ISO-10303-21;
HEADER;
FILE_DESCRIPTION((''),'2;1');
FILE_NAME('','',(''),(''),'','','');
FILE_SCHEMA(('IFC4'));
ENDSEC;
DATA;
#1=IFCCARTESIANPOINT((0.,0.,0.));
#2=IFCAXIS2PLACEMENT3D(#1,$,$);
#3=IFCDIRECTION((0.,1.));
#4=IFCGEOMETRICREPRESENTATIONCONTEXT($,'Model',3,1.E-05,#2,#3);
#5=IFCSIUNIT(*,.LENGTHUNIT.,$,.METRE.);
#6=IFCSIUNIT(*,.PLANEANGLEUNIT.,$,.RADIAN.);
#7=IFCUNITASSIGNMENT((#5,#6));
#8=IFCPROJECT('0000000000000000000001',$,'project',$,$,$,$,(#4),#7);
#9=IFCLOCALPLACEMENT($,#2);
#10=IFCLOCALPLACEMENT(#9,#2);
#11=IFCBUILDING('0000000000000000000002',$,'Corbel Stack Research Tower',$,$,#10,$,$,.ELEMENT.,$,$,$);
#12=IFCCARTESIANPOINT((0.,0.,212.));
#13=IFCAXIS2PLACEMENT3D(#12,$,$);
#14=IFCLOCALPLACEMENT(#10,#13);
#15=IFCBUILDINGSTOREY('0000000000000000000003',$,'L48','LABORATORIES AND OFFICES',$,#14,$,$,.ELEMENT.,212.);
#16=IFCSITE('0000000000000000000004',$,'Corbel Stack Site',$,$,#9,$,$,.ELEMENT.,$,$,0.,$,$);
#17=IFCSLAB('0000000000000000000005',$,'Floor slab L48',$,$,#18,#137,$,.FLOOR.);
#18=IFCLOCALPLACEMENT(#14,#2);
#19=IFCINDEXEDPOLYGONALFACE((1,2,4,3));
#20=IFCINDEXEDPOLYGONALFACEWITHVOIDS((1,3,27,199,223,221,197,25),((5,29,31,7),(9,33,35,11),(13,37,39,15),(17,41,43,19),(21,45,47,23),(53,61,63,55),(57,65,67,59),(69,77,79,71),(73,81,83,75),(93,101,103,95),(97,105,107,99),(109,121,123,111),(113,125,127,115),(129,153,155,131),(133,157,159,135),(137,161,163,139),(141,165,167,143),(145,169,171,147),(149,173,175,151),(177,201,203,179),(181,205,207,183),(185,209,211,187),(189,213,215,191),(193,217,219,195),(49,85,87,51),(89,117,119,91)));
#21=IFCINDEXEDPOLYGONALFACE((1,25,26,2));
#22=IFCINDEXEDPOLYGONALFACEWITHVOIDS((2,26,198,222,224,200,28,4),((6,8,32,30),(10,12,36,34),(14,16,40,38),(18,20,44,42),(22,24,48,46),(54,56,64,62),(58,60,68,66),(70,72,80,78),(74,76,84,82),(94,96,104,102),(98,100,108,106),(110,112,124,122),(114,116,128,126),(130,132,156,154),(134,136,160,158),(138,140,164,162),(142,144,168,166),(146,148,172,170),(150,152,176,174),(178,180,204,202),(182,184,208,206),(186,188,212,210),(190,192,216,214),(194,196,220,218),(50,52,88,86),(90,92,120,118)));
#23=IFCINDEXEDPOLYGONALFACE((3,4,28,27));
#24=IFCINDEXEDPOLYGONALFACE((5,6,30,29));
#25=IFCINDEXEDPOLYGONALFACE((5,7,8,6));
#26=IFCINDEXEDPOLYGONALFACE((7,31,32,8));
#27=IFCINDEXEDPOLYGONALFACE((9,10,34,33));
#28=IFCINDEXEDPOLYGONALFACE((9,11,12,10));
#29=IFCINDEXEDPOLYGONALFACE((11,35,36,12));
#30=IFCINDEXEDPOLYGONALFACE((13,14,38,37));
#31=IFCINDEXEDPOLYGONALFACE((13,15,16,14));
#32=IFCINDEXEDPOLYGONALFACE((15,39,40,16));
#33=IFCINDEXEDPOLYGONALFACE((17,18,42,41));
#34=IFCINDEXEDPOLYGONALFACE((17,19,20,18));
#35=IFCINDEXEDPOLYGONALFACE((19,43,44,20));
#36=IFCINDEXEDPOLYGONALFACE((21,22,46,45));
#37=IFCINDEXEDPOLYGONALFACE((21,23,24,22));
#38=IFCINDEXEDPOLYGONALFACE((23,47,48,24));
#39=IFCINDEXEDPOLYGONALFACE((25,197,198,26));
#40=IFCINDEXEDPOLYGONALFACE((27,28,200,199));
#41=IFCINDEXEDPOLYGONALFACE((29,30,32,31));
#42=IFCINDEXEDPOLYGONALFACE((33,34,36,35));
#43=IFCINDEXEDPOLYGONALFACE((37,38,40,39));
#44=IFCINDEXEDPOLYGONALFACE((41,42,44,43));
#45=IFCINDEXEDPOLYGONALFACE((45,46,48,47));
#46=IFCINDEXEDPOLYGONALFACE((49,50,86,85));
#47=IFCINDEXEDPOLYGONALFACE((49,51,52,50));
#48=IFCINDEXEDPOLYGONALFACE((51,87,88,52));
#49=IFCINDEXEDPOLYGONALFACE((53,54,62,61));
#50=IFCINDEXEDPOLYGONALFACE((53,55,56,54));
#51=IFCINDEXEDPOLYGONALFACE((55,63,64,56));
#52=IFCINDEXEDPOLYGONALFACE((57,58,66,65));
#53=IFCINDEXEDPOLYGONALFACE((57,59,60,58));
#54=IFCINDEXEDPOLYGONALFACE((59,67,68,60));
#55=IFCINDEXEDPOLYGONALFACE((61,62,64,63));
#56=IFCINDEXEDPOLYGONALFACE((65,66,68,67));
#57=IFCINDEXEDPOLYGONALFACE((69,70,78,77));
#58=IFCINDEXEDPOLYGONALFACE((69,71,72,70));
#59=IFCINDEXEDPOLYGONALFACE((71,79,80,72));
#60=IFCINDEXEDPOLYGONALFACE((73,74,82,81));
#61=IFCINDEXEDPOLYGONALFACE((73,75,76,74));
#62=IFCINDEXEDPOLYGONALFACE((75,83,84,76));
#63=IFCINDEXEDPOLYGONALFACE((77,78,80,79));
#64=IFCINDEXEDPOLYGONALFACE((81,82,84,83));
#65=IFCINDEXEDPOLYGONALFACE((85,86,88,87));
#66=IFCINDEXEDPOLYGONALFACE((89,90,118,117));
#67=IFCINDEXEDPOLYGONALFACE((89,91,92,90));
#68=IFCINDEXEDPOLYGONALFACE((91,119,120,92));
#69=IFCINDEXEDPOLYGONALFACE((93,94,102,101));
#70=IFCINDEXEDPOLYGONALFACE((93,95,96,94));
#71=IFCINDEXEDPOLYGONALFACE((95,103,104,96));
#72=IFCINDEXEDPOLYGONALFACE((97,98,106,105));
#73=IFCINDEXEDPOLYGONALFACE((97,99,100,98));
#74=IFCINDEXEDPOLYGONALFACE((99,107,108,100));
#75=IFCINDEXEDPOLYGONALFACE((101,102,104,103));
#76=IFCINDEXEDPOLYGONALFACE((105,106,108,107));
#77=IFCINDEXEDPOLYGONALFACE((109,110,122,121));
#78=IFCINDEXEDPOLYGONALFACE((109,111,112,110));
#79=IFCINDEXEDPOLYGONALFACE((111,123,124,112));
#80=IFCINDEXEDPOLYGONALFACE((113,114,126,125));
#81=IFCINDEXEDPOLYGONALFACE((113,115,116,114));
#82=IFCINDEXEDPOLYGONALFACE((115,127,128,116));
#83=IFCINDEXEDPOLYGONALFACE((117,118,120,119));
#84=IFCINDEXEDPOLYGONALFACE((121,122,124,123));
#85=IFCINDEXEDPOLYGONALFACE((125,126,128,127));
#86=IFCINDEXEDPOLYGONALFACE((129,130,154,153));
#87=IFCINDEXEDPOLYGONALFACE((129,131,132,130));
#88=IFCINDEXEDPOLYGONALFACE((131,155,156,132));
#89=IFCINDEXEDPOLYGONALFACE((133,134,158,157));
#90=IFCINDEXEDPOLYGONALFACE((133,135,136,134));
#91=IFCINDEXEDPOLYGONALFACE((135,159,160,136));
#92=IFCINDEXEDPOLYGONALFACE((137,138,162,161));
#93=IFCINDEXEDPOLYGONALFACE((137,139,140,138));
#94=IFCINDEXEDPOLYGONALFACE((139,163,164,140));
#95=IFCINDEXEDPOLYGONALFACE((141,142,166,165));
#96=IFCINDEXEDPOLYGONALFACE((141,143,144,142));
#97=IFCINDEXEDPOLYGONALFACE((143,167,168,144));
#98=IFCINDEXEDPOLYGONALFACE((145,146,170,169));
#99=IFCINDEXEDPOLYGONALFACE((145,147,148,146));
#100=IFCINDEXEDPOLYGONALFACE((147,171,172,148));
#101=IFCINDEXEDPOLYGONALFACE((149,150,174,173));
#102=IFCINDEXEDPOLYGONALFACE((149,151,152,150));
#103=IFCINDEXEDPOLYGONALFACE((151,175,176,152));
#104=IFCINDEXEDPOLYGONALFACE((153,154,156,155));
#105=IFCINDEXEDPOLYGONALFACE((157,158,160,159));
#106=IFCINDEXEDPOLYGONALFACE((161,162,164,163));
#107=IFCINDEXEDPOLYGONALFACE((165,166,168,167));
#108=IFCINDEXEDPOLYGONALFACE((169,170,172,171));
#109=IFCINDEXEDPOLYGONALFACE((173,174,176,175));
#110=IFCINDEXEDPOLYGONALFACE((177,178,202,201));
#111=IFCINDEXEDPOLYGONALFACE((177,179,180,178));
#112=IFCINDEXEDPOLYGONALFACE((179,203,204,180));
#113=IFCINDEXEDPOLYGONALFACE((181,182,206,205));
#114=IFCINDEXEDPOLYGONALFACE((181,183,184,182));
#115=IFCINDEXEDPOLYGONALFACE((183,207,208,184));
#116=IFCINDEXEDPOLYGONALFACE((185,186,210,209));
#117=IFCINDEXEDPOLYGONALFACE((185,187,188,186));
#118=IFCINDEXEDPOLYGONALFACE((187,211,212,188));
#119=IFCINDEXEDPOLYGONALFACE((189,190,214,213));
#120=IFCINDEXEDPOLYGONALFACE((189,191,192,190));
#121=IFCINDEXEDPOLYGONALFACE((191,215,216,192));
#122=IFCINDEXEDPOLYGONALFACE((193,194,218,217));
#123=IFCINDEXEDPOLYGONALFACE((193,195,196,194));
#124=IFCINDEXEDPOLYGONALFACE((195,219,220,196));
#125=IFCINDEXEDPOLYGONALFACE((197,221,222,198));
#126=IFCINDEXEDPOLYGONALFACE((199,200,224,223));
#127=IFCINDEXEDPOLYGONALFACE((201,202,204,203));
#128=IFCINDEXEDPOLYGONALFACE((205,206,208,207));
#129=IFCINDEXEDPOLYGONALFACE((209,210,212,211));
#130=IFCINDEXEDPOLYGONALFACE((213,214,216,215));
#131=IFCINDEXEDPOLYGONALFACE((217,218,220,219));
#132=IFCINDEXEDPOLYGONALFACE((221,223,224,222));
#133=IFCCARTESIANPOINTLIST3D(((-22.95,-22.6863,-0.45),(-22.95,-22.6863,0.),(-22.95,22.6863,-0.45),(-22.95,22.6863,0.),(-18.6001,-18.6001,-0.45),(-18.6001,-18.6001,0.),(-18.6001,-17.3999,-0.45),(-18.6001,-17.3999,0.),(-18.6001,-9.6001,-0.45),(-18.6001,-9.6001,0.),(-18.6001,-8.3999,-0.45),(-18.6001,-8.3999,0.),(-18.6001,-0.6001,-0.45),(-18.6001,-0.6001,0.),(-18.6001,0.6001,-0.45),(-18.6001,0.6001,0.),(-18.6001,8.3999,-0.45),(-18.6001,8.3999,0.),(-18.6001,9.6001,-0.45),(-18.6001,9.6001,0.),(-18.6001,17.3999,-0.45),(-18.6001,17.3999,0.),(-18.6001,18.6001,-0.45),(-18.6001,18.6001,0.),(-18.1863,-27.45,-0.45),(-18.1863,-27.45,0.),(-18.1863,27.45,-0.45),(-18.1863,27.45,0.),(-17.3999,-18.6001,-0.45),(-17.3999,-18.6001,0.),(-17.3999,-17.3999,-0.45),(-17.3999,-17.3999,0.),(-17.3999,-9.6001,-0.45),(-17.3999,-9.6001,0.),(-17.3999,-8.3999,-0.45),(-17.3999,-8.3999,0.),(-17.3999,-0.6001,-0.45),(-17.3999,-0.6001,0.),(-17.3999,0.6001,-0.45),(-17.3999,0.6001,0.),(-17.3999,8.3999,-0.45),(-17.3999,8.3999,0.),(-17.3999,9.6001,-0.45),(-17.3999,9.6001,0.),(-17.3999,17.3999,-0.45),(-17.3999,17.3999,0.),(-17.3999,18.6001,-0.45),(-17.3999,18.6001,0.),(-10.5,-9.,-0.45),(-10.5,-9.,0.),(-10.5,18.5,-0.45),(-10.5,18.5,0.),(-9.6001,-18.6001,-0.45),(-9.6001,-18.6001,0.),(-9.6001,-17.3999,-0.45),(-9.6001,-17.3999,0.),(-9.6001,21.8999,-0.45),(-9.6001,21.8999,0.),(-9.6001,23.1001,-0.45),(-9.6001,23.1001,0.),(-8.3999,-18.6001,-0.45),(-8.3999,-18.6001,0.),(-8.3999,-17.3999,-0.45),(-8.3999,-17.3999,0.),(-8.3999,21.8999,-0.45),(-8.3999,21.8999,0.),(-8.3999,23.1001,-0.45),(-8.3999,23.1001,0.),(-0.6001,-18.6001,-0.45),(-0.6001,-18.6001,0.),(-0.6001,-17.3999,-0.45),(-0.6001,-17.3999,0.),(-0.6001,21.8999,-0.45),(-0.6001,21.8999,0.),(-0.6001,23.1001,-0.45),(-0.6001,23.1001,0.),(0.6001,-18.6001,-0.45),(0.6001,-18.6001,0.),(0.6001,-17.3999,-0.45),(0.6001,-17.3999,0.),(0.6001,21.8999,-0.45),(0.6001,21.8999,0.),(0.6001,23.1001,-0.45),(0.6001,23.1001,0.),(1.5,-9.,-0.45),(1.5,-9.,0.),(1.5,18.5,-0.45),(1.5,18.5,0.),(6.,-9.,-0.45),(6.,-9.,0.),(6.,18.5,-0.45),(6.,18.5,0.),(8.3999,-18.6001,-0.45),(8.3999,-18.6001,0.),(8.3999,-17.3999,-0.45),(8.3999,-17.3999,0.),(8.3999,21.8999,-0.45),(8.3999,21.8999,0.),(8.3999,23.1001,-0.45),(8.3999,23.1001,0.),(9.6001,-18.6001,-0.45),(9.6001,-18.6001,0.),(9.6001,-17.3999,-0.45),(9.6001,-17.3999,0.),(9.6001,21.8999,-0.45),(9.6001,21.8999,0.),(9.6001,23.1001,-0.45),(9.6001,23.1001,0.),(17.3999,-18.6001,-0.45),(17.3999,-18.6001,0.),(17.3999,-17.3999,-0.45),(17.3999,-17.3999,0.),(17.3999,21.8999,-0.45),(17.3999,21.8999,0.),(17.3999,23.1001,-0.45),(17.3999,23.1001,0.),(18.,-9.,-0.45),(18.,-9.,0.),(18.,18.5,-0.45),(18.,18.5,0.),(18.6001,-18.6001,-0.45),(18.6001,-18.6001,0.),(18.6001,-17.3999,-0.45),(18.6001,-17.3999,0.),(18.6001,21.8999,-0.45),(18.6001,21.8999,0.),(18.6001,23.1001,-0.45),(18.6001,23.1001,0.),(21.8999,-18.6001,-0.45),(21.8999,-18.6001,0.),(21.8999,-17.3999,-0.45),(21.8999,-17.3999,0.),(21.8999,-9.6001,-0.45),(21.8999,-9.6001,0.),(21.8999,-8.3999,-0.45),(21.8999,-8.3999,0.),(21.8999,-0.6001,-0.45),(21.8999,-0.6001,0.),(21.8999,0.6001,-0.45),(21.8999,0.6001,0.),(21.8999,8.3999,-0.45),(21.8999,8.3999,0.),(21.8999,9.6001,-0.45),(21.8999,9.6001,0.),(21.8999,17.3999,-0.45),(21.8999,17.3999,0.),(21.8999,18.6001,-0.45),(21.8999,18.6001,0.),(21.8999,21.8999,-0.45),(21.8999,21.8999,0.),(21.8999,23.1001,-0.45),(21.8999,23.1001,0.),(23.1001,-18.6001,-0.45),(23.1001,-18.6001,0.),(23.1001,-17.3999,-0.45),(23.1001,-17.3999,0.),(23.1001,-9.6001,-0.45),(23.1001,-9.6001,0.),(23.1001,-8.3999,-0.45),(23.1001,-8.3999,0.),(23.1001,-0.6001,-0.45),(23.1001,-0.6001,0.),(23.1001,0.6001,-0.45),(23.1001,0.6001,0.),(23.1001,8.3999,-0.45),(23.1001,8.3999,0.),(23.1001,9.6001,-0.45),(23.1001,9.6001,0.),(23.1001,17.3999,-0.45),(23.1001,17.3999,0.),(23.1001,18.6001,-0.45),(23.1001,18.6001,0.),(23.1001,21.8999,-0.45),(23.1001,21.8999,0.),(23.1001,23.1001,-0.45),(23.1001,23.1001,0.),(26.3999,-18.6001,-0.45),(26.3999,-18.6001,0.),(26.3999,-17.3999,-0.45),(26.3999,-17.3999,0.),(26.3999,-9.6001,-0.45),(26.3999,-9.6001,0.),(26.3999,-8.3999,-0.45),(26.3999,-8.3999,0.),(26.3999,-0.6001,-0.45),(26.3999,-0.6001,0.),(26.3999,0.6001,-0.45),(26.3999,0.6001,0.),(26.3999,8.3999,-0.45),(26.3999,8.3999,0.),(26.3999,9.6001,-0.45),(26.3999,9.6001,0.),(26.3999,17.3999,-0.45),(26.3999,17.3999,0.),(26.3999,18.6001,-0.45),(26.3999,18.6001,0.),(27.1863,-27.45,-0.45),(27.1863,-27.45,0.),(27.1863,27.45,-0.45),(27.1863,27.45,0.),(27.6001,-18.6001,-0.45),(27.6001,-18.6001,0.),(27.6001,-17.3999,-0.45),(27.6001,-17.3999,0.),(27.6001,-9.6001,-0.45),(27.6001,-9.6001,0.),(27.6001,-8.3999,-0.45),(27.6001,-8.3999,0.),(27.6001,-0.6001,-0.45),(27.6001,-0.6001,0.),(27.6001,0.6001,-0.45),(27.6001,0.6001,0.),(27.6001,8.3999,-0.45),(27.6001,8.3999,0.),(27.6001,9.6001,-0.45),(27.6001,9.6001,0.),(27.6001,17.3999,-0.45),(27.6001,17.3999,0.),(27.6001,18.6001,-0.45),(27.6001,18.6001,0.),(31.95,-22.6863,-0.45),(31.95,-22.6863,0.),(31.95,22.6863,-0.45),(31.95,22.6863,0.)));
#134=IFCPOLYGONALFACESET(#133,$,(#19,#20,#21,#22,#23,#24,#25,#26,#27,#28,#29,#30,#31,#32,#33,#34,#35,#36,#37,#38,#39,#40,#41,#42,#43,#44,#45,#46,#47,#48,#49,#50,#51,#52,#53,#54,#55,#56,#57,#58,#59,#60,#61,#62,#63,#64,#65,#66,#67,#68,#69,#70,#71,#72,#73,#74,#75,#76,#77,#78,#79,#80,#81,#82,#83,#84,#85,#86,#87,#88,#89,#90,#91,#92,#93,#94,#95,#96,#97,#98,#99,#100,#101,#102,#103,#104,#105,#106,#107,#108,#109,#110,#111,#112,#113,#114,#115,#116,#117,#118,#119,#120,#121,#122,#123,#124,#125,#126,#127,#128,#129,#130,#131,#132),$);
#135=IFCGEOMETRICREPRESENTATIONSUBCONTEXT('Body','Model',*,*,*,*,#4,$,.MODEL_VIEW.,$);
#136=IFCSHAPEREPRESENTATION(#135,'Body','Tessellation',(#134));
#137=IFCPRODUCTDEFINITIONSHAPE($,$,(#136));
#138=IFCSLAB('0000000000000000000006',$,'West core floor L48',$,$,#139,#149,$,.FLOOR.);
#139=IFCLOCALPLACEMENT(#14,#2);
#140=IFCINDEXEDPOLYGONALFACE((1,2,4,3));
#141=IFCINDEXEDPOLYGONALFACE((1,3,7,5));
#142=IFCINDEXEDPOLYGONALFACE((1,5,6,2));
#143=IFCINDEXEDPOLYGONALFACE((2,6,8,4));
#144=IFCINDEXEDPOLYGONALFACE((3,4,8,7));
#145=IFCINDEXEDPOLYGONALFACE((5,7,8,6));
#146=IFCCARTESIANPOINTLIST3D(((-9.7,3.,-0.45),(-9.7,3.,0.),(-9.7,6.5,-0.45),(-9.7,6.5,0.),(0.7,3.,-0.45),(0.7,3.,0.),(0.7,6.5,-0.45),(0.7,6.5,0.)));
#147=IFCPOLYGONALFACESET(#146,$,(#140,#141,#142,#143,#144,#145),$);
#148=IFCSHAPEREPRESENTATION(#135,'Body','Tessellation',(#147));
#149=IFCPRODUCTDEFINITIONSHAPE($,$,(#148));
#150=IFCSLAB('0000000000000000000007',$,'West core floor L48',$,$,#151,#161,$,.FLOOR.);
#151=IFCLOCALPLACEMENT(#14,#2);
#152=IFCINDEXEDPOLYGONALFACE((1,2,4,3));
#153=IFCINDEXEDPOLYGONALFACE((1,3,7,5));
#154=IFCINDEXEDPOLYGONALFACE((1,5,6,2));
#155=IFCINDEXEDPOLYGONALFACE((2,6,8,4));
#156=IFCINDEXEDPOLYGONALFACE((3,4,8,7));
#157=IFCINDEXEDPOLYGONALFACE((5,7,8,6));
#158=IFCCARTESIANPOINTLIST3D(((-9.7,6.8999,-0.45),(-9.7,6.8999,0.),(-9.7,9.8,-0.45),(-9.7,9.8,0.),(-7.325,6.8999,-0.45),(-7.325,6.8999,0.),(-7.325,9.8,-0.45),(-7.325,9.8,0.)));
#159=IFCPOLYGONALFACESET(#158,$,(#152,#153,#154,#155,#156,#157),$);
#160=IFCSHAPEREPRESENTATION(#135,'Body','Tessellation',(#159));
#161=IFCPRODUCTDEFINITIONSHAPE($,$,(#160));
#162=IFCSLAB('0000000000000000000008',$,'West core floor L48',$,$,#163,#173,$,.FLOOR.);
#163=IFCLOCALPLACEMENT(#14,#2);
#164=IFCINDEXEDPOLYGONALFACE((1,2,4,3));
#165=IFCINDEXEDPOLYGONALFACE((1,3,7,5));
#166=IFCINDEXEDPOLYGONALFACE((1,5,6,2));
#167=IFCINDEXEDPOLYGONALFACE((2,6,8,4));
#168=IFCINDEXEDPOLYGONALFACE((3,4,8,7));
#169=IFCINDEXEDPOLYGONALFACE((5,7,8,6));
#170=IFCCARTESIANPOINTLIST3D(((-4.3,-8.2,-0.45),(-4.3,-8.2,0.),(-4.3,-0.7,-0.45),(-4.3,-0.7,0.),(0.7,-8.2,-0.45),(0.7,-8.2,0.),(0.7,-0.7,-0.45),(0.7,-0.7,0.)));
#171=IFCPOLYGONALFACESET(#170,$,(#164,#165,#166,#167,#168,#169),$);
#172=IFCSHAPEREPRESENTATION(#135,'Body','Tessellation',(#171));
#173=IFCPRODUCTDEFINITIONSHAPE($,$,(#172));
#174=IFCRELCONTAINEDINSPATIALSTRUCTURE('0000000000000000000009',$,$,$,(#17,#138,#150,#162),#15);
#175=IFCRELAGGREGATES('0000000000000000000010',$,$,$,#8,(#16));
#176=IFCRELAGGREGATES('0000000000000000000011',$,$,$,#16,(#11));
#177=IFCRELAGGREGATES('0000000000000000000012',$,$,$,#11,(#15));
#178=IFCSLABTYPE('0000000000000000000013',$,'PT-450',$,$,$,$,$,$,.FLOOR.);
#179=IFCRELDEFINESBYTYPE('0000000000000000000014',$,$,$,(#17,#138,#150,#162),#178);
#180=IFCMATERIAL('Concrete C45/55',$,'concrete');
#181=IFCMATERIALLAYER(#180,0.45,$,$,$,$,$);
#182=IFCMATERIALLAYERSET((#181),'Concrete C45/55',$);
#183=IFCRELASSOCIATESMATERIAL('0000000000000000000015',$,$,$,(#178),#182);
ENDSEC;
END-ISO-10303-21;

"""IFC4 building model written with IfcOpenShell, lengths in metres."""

from ifc_helpers import new_model, si_unit, direction, frame, origin, place, context, subcontext, project, spatial, polyline, outline, extrude, material, layer, layer_set, type_object, element, save


model = new_model("IFC4")

# Units and contexts
model_context = context("Model", 3, precision=1e-05, world=origin(), true_north=direction((0.0, 1.0)))
body_context = subcontext(model_context, "Body", "Model", "MODEL_VIEW")
ifc_project = project(units=[si_unit("LENGTHUNIT", "METRE"), si_unit("PLANEANGLEUNIT", "RADIAN")], contexts=[model_context])

# Site, building, storey
site_placement = place(None, origin())
site = spatial("IfcSite", under=ifc_project, at=site_placement, Name="Corbel Stack Site", CompositionType="ELEMENT", RefElevation=0.0)
building_placement = place(site_placement, origin())
building = spatial("IfcBuilding", under=site, at=building_placement, Name="Corbel Stack Research Tower", CompositionType="ELEMENT")
storey_placement = place(building_placement, frame((0.0, 0.0, 212.0)))
storey = spatial("IfcBuildingStorey", under=building, at=storey_placement, Name="L48", Description="LABORATORIES AND OFFICES", CompositionType="ELEMENT", Elevation=212.0)

# Slabs
ifc_material_1 = material(Name="Concrete C45/55", Category="concrete")
ifc_layer_1 = layer(ifc_material_1, 0.45)
ifc_layer_set_1 = layer_set([ifc_layer_1], Name="Concrete C45/55")
slab_type = type_object("IfcSlabType", Name="PT-450", PredefinedType="FLOOR", material=ifc_layer_set_1)
slab_1_placement = place(storey_placement, frame((0.0, 0.0, -0.45)))
element("IfcSlab", 1, at=slab_1_placement, inside=storey, type_object=slab_type, Name="Floor slab L48", PredefinedType="FLOOR", context=body_context, shape_type="SweptSolid", body=[
    extrude(outline(polyline([(-18.1863, -27.45), (27.1863, -27.45), (31.95, -22.6863), (31.95, 22.6863), (27.1863, 27.45), (-18.1863, 27.45), (-22.95, 22.6863), (-22.95, -22.6863), (-18.1863, -27.45)]), holes=[polyline([(26.3999, 17.3999), (26.3999, 18.6001), (27.6001, 18.6001), (27.6001, 17.3999), (26.3999, 17.3999)]), polyline([(26.3999, 8.3999), (26.3999, 9.6001), (27.6001, 9.6001), (27.6001, 8.3999), (26.3999, 8.3999)]), polyline([(27.6001, -0.6001), (26.3999, -0.6001), (26.3999, 0.6001), (27.6001, 0.6001), (27.6001, -0.6001)]), polyline([(26.3999, -9.6001), (26.3999, -8.3999), (27.6001, -8.3999), (27.6001, -9.6001), (26.3999, -9.6001)]), polyline([(26.3999, -18.6001), (26.3999, -17.3999), (27.6001, -17.3999), (27.6001, -18.6001), (26.3999, -18.6001)]), polyline([(21.8999, 21.8999), (21.8999, 23.1001), (23.1001, 23.1001), (23.1001, 21.8999), (21.8999, 21.8999)]), polyline([(21.8999, 17.3999), (21.8999, 18.6001), (23.1001, 18.6001), (23.1001, 17.3999), (21.8999, 17.3999)]), polyline([(21.8999, 8.3999), (21.8999, 9.6001), (23.1001, 9.6001), (23.1001, 8.3999), (21.8999, 8.3999)]), polyline([(21.8999, -0.6001), (21.8999, 0.6001), (23.1001, 0.6001), (23.1001, -0.6001), (21.8999, -0.6001)]), polyline([(23.1001, -9.6001), (21.8999, -9.6001), (21.8999, -8.3999), (23.1001, -8.3999), (23.1001, -9.6001)]), polyline([(21.8999, -18.6001), (21.8999, -17.3999), (23.1001, -17.3999), (23.1001, -18.6001), (21.8999, -18.6001)]), polyline([(17.3999, 21.8999), (17.3999, 23.1001), (18.6001, 23.1001), (18.6001, 21.8999), (17.3999, 21.8999)]), polyline([(18.6001, -18.6001), (17.3999, -18.6001), (17.3999, -17.3999), (18.6001, -17.3999), (18.6001, -18.6001)]), polyline([(6.0, -9.0), (6.0, 18.5), (18.0, 18.5), (18.0, -9.0), (6.0, -9.0)]), polyline([(8.3999, 21.8999), (8.3999, 23.1001), (9.6001, 23.1001), (9.6001, 21.8999), (8.3999, 21.8999)]), polyline([(9.6001, -18.6001), (8.3999, -18.6001), (8.3999, -17.3999), (9.6001, -17.3999), (9.6001, -18.6001)]), polyline([(1.5, -9.0), (-10.5, -9.0), (-10.5, 18.5), (1.5, 18.5), (1.5, -9.0)]), polyline([(-0.6001, 21.8999), (-0.6001, 23.1001), (0.6001, 23.1001), (0.6001, 21.8999), (-0.6001, 21.8999)]), polyline([(-0.6001, -18.6001), (-0.6001, -17.3999), (0.6001, -17.3999), (0.6001, -18.6001), (-0.6001, -18.6001)]), polyline([(-9.6001, 21.8999), (-9.6001, 23.1001), (-8.3999, 23.1001), (-8.3999, 21.8999), (-9.6001, 21.8999)]), polyline([(-9.6001, -18.6001), (-9.6001, -17.3999), (-8.3999, -17.3999), (-8.3999, -18.6001), (-9.6001, -18.6001)]), polyline([(-18.6001, 17.3999), (-18.6001, 18.6001), (-17.3999, 18.6001), (-17.3999, 17.3999), (-18.6001, 17.3999)]), polyline([(-18.6001, 8.3999), (-18.6001, 9.6001), (-17.3999, 9.6001), (-17.3999, 8.3999), (-18.6001, 8.3999)]), polyline([(-18.6001, -0.6001), (-18.6001, 0.6001), (-17.3999, 0.6001), (-17.3999, -0.6001), (-18.6001, -0.6001)]), polyline([(-18.6001, -9.6001), (-18.6001, -8.3999), (-17.3999, -8.3999), (-17.3999, -9.6001), (-18.6001, -9.6001)]), polyline([(-17.3999, -18.6001), (-18.6001, -18.6001), (-18.6001, -17.3999), (-17.3999, -17.3999), (-17.3999, -18.6001)])]), origin(), (0.0, 0.0, 1.0), 0.45),
])
slab_2_placement = place(storey_placement, frame((0.0, 0.0, -0.45)))
element("IfcSlab", 2, at=slab_2_placement, inside=storey, type_object=slab_type, Name="West core floor L48", PredefinedType="FLOOR", context=body_context, shape_type="SweptSolid", body=[
    extrude(outline(polyline([(0.7, 6.5), (-9.7, 6.5), (-9.7, 3.0), (0.7, 3.0), (0.7, 6.5)])), origin(), (0.0, 0.0, 1.0), 0.45),
])
slab_3_placement = place(storey_placement, frame((0.0, 0.0, -0.45)))
element("IfcSlab", 3, at=slab_3_placement, inside=storey, type_object=slab_type, Name="West core floor L48", PredefinedType="FLOOR", context=body_context, shape_type="SweptSolid", body=[
    extrude(outline(polyline([(-9.7, 6.8999), (-7.325, 6.8999), (-7.325, 9.8), (-9.7, 9.8), (-9.7, 6.8999)])), origin(), (0.0, 0.0, 1.0), 0.45),
])
slab_4_placement = place(storey_placement, frame((0.0, 0.0, -0.45)))
element("IfcSlab", 4, at=slab_4_placement, inside=storey, type_object=slab_type, Name="West core floor L48", PredefinedType="FLOOR", context=body_context, shape_type="SweptSolid", body=[
    extrude(outline(polyline([(-4.3, -0.7), (-4.3, -8.2), (0.7, -8.2), (0.7, -0.7), (-4.3, -0.7)])), origin(), (0.0, 0.0, 1.0), 0.45),
])

save(model, "model.ifc")
